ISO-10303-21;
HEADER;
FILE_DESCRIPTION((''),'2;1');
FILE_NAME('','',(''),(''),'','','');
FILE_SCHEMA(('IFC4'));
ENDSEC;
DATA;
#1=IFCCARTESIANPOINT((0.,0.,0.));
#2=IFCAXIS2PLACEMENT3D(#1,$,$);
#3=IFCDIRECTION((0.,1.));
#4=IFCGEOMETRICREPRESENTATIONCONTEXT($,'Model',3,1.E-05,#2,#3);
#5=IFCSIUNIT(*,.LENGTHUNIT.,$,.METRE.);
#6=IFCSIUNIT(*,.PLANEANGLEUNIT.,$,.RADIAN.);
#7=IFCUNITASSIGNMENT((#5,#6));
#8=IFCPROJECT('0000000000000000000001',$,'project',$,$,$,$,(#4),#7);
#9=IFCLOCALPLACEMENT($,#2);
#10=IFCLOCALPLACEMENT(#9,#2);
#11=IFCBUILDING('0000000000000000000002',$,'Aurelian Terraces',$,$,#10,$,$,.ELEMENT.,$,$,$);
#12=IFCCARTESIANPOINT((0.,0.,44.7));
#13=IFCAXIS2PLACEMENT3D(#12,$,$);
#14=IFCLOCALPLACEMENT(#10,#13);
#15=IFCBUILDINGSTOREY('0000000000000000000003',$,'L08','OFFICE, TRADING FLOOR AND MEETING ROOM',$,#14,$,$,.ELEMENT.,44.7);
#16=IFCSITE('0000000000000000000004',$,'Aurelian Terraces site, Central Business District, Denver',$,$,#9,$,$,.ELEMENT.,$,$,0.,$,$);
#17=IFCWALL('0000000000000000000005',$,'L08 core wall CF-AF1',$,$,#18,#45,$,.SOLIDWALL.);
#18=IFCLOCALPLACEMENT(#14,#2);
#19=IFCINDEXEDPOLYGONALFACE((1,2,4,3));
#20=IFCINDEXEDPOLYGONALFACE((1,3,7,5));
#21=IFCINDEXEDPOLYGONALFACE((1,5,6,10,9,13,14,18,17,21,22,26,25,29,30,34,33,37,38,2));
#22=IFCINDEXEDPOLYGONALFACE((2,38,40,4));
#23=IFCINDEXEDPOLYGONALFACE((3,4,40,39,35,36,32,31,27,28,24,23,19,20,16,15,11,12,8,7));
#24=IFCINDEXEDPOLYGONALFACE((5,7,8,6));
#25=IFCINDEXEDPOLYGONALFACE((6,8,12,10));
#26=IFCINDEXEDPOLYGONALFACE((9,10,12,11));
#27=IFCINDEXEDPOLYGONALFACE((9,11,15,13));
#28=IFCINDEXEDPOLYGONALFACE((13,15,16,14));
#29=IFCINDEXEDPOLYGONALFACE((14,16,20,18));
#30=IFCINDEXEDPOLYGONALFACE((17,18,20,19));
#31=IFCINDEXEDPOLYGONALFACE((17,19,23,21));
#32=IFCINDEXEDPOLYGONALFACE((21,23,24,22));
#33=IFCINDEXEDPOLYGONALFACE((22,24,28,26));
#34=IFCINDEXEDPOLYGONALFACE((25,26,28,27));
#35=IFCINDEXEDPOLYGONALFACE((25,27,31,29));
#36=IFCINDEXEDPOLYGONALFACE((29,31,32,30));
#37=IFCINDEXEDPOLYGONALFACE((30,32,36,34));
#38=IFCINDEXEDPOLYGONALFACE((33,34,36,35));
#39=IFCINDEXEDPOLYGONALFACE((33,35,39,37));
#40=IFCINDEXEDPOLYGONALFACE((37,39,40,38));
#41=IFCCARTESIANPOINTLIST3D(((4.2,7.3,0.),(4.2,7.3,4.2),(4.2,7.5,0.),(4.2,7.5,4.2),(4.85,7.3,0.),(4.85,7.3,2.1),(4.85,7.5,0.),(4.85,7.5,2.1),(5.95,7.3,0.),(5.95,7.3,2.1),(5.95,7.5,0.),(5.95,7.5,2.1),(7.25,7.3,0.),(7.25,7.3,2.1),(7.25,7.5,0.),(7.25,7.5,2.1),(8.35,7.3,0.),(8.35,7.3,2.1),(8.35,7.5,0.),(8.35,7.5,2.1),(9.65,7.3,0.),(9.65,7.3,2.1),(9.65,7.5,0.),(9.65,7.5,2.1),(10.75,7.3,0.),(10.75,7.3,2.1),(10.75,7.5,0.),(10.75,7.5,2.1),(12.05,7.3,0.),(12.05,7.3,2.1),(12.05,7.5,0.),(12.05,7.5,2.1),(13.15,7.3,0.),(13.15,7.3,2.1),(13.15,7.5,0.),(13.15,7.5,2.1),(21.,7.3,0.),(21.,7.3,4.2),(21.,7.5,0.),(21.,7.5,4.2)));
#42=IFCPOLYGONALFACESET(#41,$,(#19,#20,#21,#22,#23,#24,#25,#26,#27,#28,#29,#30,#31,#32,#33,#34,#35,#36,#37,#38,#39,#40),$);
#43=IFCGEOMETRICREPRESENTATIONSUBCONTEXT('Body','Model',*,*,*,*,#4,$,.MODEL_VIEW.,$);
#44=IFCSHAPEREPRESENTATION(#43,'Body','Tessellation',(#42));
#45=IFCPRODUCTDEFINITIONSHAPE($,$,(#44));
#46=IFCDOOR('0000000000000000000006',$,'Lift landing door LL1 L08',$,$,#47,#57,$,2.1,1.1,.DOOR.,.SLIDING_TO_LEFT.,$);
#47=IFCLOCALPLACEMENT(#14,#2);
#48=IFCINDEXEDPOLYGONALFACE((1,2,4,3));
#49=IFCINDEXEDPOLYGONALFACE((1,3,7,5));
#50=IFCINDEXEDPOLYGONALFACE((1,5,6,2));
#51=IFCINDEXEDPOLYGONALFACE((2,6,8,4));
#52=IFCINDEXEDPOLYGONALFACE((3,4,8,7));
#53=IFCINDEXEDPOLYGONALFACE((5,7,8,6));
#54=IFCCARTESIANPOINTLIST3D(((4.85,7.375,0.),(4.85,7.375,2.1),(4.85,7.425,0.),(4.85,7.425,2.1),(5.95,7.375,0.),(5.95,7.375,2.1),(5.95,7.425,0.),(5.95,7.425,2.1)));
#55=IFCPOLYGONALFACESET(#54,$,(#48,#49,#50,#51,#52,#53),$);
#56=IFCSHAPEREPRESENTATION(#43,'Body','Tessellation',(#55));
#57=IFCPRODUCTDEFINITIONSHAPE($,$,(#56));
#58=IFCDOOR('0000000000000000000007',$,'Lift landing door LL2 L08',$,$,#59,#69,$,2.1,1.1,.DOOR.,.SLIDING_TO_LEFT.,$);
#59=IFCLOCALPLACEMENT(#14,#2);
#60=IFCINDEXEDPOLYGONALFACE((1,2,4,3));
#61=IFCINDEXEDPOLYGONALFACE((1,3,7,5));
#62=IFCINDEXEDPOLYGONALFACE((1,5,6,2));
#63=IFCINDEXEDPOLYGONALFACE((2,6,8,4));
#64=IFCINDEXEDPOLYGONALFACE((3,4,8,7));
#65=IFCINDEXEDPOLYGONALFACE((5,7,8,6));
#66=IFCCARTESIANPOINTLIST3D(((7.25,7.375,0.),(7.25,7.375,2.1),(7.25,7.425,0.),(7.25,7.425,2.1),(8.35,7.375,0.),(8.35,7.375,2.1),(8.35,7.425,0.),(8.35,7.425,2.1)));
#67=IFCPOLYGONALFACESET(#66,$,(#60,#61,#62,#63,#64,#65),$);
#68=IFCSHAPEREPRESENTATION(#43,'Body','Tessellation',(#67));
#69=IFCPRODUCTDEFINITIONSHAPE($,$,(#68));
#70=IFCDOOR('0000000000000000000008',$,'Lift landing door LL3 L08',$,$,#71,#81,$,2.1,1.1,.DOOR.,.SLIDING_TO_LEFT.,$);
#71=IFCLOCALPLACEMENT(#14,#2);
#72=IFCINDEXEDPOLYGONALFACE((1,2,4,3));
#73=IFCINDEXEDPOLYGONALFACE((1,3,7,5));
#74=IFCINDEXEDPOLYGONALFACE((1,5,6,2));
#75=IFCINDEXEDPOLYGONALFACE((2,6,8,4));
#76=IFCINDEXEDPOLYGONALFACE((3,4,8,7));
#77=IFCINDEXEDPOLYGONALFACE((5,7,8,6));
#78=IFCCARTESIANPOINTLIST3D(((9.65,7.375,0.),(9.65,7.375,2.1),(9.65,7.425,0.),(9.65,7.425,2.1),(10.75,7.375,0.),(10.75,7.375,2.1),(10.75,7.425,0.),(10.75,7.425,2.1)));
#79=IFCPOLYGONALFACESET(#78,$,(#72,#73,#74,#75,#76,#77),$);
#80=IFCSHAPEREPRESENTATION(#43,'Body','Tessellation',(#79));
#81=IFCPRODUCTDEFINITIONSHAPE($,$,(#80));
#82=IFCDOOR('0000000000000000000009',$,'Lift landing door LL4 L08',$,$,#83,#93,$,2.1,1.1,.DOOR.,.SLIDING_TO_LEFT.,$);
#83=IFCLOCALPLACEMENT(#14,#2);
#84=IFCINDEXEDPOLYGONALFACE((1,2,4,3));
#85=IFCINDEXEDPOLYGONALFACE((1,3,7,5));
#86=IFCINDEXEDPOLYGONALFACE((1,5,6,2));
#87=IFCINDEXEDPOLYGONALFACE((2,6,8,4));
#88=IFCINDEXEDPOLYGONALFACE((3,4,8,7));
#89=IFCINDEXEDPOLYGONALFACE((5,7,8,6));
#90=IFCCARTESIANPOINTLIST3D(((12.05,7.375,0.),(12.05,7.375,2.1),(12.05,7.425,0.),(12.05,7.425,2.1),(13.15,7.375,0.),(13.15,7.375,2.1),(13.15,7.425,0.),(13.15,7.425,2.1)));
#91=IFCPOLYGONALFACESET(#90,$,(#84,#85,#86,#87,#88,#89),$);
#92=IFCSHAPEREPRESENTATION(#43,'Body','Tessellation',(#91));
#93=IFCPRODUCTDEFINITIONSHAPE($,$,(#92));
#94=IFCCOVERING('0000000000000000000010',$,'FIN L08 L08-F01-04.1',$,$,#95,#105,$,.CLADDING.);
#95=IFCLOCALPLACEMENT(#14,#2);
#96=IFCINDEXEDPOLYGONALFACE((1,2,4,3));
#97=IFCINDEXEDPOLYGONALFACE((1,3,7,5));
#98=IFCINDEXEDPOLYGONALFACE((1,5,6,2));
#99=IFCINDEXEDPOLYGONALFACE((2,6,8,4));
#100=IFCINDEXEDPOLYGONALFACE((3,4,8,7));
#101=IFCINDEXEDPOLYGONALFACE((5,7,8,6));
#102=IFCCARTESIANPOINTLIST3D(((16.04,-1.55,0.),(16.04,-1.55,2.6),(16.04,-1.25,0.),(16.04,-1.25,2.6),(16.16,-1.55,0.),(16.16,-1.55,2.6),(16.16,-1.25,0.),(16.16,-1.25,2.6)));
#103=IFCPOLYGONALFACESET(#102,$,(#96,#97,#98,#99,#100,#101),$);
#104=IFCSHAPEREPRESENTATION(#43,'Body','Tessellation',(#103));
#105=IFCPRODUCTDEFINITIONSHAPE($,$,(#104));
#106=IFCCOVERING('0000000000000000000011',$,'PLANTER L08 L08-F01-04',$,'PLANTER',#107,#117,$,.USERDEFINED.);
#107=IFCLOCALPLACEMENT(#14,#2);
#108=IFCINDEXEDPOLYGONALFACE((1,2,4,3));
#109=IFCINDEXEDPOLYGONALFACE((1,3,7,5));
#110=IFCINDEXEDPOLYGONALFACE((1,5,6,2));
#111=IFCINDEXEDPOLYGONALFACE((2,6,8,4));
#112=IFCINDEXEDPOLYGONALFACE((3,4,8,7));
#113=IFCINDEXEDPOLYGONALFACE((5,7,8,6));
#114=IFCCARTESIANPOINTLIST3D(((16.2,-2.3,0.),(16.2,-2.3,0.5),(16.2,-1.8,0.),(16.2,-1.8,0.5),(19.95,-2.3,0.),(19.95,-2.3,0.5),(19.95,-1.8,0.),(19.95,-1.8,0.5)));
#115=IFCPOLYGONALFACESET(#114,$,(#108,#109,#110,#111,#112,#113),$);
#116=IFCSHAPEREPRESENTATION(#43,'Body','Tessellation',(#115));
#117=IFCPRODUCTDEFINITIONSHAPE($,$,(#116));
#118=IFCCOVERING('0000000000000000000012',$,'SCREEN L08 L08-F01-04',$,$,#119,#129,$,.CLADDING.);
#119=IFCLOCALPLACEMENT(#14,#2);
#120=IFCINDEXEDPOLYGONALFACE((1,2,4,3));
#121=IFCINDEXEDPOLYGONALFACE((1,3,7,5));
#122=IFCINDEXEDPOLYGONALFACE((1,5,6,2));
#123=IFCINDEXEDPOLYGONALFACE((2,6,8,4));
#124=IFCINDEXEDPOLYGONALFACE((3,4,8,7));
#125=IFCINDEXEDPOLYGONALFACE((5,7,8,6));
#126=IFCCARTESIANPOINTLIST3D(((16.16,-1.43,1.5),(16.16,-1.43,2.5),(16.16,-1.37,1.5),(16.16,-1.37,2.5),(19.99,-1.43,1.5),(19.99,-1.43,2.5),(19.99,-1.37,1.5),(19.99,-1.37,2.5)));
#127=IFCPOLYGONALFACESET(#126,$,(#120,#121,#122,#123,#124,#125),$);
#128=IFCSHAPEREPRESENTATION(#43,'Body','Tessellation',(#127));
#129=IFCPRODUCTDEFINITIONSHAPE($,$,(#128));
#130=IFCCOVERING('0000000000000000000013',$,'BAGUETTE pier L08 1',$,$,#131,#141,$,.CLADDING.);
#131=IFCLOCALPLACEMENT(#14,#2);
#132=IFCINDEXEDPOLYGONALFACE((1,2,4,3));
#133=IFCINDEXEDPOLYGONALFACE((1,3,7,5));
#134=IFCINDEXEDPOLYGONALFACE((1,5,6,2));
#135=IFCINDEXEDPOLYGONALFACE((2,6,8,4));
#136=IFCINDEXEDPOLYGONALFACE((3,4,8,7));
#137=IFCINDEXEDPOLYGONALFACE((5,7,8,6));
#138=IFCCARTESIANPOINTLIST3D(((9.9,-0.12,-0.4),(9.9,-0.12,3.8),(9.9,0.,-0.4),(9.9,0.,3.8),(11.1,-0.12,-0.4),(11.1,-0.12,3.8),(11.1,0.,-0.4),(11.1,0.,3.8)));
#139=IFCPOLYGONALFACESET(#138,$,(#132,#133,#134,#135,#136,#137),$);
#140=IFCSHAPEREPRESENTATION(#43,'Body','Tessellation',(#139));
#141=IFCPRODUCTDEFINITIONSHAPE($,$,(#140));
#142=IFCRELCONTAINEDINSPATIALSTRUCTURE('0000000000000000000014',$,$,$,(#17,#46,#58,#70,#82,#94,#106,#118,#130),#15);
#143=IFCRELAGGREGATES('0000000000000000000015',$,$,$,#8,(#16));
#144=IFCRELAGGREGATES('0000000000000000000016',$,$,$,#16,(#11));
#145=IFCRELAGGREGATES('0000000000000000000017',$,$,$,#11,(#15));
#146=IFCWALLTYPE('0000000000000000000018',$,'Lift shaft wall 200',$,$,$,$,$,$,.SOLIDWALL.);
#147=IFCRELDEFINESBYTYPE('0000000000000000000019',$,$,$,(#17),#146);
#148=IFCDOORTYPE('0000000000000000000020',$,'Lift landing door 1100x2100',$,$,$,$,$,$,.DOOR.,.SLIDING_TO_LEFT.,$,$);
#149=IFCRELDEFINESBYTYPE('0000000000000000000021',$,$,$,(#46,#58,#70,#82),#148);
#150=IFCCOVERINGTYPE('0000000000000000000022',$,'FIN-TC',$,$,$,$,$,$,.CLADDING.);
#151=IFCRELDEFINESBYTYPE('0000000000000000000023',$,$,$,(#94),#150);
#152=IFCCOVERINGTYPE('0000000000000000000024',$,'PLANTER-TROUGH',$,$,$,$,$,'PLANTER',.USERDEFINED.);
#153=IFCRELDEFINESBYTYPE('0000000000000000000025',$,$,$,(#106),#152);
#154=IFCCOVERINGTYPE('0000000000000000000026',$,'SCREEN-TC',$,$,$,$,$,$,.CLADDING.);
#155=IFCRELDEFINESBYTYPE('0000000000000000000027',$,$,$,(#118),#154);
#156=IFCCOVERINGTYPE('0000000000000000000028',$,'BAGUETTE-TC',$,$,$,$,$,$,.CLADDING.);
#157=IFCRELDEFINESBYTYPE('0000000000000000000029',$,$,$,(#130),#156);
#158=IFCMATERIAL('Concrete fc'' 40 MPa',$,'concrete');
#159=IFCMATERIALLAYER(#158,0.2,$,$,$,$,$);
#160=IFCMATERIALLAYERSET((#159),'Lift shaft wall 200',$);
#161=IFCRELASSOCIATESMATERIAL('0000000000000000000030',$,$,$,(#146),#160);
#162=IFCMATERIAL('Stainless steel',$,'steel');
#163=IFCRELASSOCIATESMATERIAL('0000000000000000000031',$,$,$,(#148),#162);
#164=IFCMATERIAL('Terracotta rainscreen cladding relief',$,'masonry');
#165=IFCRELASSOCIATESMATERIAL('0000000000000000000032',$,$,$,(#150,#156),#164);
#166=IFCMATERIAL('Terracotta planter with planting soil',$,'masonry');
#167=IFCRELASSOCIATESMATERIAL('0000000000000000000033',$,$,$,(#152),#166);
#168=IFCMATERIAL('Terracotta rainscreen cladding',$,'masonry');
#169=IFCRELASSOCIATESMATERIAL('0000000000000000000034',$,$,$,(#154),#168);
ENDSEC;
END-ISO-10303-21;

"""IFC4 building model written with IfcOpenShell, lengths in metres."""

from ifc_helpers import new_model, si_unit, direction, frame, frame_2d, origin, origin_2d, place, context, subcontext, project, spatial, rectangle, extrude, source, transform, mapped, material, layer, layer_set, type_object, element, fill, save


model = new_model("IFC4")

# Units and contexts
model_context = context("Model", 3, precision=1e-05, world=origin(), true_north=direction((0.0, 1.0)))
body_context = subcontext(model_context, "Body", "Model", "MODEL_VIEW")
ifc_project = project(units=[si_unit("LENGTHUNIT", "METRE"), si_unit("PLANEANGLEUNIT", "RADIAN")], contexts=[model_context])

# Site, building, storey
site_placement = place(None, origin())
site = spatial("IfcSite", under=ifc_project, at=site_placement, Name="Aurelian Terraces site, Central Business District, Denver", CompositionType="ELEMENT", RefElevation=0.0)
building_placement = place(site_placement, origin())
building = spatial("IfcBuilding", under=site, at=building_placement, Name="Aurelian Terraces", CompositionType="ELEMENT")
storey_placement = place(building_placement, frame((0.0, 0.0, 44.7)))
storey = spatial("IfcBuildingStorey", under=building, at=storey_placement, Name="L08", Description="OFFICE, TRADING FLOOR AND MEETING ROOM", CompositionType="ELEMENT", Elevation=44.7)

# Shared definitions
ifc_material_1 = material(Name="Terracotta rainscreen cladding", Category="masonry")

# Shared definitions
ifc_material_2 = material(Name="Concrete fc' 40 MPa", Category="concrete")
ifc_layer_1 = layer(ifc_material_2, 0.2)
ifc_layer_set_1 = layer_set([ifc_layer_1], Name="Lift shaft wall 200")
wall_type_1 = type_object("IfcWallType", Name="Lift shaft wall 200", PredefinedType="SOLIDWALL", material=ifc_layer_set_1)

# Wall, openings, doors
shared_shape_1 = source(origin(), body_context, "Body", "SweptSolid", [
    extrude(rectangle(XDim=16.8, YDim=0.2, at=frame_2d((8.4, 0.0))), origin(), (0.0, 0.0, 1.0), 4.2),
])
wall_1_placement = place(storey_placement, frame((4.2, 7.4, 0.0), z_axis=(0.0, 0.0, 1.0), x_axis=(1.0, 0.0, 0.0)))
wall_1 = element("IfcWall", 1, at=wall_1_placement, inside=storey, type_object=wall_type_1, Name="L08 core wall CF-AF1", PredefinedType="SOLIDWALL", context=body_context, shape_type="MappedRepresentation", body=[
    mapped(shared_shape_1, transform((0.0, 0.0, 0.0), scale=1.0)),
])
shared_shape_2 = source(origin(), body_context, "Body", "SweptSolid", [
    extrude(rectangle(XDim=1.1, YDim=2.1, at=frame_2d((0.55, 1.05))), frame((0.0, 0.11, 0.0), z_axis=(0.0, -1.0, 0.0), x_axis=(1.0, 0.0, 0.0)), (0.0, 0.0, 1.0), 0.22),
])
opening_1_placement = place(wall_1_placement, frame((0.65, 0.0, 0.0)))
opening_1 = element("IfcOpeningElement", 2, at=opening_1_placement, cuts=wall_1, PredefinedType="OPENING", context=body_context, shape_type="MappedRepresentation", body=[
    mapped(shared_shape_2, transform((0.0, 0.0, 0.0), scale=1.0)),
])
opening_2_placement = place(wall_1_placement, frame((3.05, 0.0, 0.0)))
opening_2 = element("IfcOpeningElement", 3, at=opening_2_placement, cuts=wall_1, PredefinedType="OPENING", context=body_context, shape_type="MappedRepresentation", body=[
    mapped(shared_shape_2, transform((0.0, 0.0, 0.0), scale=1.0)),
])
opening_3_placement = place(wall_1_placement, frame((5.45, 0.0, 0.0)))
opening_3 = element("IfcOpeningElement", 4, at=opening_3_placement, cuts=wall_1, PredefinedType="OPENING", context=body_context, shape_type="MappedRepresentation", body=[
    mapped(shared_shape_2, transform((0.0, 0.0, 0.0), scale=1.0)),
])
opening_4_placement = place(wall_1_placement, frame((7.85, 0.0, 0.0)))
opening_4 = element("IfcOpeningElement", 5, at=opening_4_placement, cuts=wall_1, PredefinedType="OPENING", context=body_context, shape_type="MappedRepresentation", body=[
    mapped(shared_shape_2, transform((0.0, 0.0, 0.0), scale=1.0)),
])
ifc_material_3 = material(Name="Stainless steel", Category="steel")
door_type_1 = type_object("IfcDoorType", Name="Lift landing door 1100x2100", OperationType="SLIDING_TO_LEFT", PredefinedType="DOOR", material=ifc_material_3)
shared_shape_3 = source(origin(), body_context, "Body", "SweptSolid", [
    extrude(rectangle(XDim=1.1, YDim=2.1, at=frame_2d((0.55, 1.05))), frame((0.0, 0.025, 0.0), z_axis=(0.0, -1.0, 0.0), x_axis=(1.0, 0.0, 0.0)), (0.0, 0.0, 1.0), 0.05),
])
door_1_placement = place(opening_1_placement, origin())
door_1 = element("IfcDoor", 6, at=door_1_placement, inside=storey, type_object=door_type_1, Name="Lift landing door LL1 L08", OperationType="SLIDING_TO_LEFT", OverallHeight=2.1, OverallWidth=1.1, PredefinedType="DOOR", context=body_context, shape_type="MappedRepresentation", body=[
    mapped(shared_shape_3, transform((0.0, 0.0, 0.0), scale=1.0)),
])
fill(opening_1, door_1)
door_2_placement = place(opening_2_placement, origin())
door_2 = element("IfcDoor", 7, at=door_2_placement, inside=storey, type_object=door_type_1, Name="Lift landing door LL2 L08", OperationType="SLIDING_TO_LEFT", OverallHeight=2.1, OverallWidth=1.1, PredefinedType="DOOR", context=body_context, shape_type="MappedRepresentation", body=[
    mapped(shared_shape_3, transform((0.0, 0.0, 0.0), scale=1.0)),
])
fill(opening_2, door_2)
door_3_placement = place(opening_3_placement, origin())
door_3 = element("IfcDoor", 8, at=door_3_placement, inside=storey, type_object=door_type_1, Name="Lift landing door LL3 L08", OperationType="SLIDING_TO_LEFT", OverallHeight=2.1, OverallWidth=1.1, PredefinedType="DOOR", context=body_context, shape_type="MappedRepresentation", body=[
    mapped(shared_shape_3, transform((0.0, 0.0, 0.0), scale=1.0)),
])
fill(opening_3, door_3)
door_4_placement = place(opening_4_placement, origin())
door_4 = element("IfcDoor", 9, at=door_4_placement, inside=storey, type_object=door_type_1, Name="Lift landing door LL4 L08", OperationType="SLIDING_TO_LEFT", OverallHeight=2.1, OverallWidth=1.1, PredefinedType="DOOR", context=body_context, shape_type="MappedRepresentation", body=[
    mapped(shared_shape_3, transform((0.0, 0.0, 0.0), scale=1.0)),
])
fill(opening_4, door_4)

# Covering
ifc_material_4 = material(Name="Terracotta rainscreen cladding relief", Category="masonry")
covering_type_1 = type_object("IfcCoveringType", Name="FIN-TC", PredefinedType="CLADDING", material=ifc_material_4)
covering_1_placement = place(storey_placement, frame((16.1, -1.4, 0.0), z_axis=(0.0, 0.0, 1.0), x_axis=(1.0, 0.0, 0.0)))
element("IfcCovering", 10, at=covering_1_placement, inside=storey, type_object=covering_type_1, Name="FIN L08 L08-F01-04.1", PredefinedType="CLADDING", context=body_context, shape_type="SweptSolid", body=[
    extrude(rectangle(XDim=0.12, YDim=0.3, at=origin_2d()), origin(), (0.0, 0.0, 1.0), 2.6),
])

# Coverings
ifc_material_5 = material(Name="Terracotta planter with planting soil", Category="masonry")
covering_type_2 = type_object("IfcCoveringType", Name="PLANTER-TROUGH", ElementType="PLANTER", PredefinedType="USERDEFINED", material=ifc_material_5)
covering_2_placement = place(storey_placement, frame((18.075, -2.05, 0.0), z_axis=(0.0, 0.0, 1.0), x_axis=(1.0, 0.0, 0.0)))
element("IfcCovering", 11, at=covering_2_placement, inside=storey, type_object=covering_type_2, Name="PLANTER L08 L08-F01-04", ObjectType="PLANTER", PredefinedType="USERDEFINED", context=body_context, shape_type="SweptSolid", body=[
    extrude(rectangle(XDim=3.75, YDim=0.5, at=origin_2d()), origin(), (0.0, 0.0, 1.0), 0.5),
])
covering_type_3 = type_object("IfcCoveringType", Name="SCREEN-TC", PredefinedType="CLADDING", material=ifc_material_1)
covering_3_placement = place(storey_placement, frame((18.075, -1.4, 1.5), z_axis=(0.0, 0.0, 1.0), x_axis=(1.0, 0.0, 0.0)))
element("IfcCovering", 12, at=covering_3_placement, inside=storey, type_object=covering_type_3, Name="SCREEN L08 L08-F01-04", PredefinedType="CLADDING", context=body_context, shape_type="SweptSolid", body=[
    extrude(rectangle(XDim=3.83, YDim=0.06, at=origin_2d()), origin(), (0.0, 0.0, 1.0), 1.0),
])
covering_type_4 = type_object("IfcCoveringType", Name="BAGUETTE-TC", PredefinedType="CLADDING", material=ifc_material_4)
shared_shape_4 = source(origin(), body_context, "Body", "SweptSolid", [
    extrude(rectangle(XDim=1.2, YDim=0.12, at=origin_2d()), origin(), (0.0, 0.0, 1.0), 4.2),
])
covering_4_placement = place(storey_placement, frame((10.5, -0.06, -0.4), z_axis=(0.0, 0.0, 1.0), x_axis=(1.0, 0.0, 0.0)))
element("IfcCovering", 13, at=covering_4_placement, inside=storey, type_object=covering_type_4, Name="BAGUETTE pier L08 1", PredefinedType="CLADDING", context=body_context, shape_type="MappedRepresentation", body=[
    mapped(shared_shape_4, transform((0.0, 0.0, 0.0), scale=1.0)),
])

save(model, "model.ifc")
